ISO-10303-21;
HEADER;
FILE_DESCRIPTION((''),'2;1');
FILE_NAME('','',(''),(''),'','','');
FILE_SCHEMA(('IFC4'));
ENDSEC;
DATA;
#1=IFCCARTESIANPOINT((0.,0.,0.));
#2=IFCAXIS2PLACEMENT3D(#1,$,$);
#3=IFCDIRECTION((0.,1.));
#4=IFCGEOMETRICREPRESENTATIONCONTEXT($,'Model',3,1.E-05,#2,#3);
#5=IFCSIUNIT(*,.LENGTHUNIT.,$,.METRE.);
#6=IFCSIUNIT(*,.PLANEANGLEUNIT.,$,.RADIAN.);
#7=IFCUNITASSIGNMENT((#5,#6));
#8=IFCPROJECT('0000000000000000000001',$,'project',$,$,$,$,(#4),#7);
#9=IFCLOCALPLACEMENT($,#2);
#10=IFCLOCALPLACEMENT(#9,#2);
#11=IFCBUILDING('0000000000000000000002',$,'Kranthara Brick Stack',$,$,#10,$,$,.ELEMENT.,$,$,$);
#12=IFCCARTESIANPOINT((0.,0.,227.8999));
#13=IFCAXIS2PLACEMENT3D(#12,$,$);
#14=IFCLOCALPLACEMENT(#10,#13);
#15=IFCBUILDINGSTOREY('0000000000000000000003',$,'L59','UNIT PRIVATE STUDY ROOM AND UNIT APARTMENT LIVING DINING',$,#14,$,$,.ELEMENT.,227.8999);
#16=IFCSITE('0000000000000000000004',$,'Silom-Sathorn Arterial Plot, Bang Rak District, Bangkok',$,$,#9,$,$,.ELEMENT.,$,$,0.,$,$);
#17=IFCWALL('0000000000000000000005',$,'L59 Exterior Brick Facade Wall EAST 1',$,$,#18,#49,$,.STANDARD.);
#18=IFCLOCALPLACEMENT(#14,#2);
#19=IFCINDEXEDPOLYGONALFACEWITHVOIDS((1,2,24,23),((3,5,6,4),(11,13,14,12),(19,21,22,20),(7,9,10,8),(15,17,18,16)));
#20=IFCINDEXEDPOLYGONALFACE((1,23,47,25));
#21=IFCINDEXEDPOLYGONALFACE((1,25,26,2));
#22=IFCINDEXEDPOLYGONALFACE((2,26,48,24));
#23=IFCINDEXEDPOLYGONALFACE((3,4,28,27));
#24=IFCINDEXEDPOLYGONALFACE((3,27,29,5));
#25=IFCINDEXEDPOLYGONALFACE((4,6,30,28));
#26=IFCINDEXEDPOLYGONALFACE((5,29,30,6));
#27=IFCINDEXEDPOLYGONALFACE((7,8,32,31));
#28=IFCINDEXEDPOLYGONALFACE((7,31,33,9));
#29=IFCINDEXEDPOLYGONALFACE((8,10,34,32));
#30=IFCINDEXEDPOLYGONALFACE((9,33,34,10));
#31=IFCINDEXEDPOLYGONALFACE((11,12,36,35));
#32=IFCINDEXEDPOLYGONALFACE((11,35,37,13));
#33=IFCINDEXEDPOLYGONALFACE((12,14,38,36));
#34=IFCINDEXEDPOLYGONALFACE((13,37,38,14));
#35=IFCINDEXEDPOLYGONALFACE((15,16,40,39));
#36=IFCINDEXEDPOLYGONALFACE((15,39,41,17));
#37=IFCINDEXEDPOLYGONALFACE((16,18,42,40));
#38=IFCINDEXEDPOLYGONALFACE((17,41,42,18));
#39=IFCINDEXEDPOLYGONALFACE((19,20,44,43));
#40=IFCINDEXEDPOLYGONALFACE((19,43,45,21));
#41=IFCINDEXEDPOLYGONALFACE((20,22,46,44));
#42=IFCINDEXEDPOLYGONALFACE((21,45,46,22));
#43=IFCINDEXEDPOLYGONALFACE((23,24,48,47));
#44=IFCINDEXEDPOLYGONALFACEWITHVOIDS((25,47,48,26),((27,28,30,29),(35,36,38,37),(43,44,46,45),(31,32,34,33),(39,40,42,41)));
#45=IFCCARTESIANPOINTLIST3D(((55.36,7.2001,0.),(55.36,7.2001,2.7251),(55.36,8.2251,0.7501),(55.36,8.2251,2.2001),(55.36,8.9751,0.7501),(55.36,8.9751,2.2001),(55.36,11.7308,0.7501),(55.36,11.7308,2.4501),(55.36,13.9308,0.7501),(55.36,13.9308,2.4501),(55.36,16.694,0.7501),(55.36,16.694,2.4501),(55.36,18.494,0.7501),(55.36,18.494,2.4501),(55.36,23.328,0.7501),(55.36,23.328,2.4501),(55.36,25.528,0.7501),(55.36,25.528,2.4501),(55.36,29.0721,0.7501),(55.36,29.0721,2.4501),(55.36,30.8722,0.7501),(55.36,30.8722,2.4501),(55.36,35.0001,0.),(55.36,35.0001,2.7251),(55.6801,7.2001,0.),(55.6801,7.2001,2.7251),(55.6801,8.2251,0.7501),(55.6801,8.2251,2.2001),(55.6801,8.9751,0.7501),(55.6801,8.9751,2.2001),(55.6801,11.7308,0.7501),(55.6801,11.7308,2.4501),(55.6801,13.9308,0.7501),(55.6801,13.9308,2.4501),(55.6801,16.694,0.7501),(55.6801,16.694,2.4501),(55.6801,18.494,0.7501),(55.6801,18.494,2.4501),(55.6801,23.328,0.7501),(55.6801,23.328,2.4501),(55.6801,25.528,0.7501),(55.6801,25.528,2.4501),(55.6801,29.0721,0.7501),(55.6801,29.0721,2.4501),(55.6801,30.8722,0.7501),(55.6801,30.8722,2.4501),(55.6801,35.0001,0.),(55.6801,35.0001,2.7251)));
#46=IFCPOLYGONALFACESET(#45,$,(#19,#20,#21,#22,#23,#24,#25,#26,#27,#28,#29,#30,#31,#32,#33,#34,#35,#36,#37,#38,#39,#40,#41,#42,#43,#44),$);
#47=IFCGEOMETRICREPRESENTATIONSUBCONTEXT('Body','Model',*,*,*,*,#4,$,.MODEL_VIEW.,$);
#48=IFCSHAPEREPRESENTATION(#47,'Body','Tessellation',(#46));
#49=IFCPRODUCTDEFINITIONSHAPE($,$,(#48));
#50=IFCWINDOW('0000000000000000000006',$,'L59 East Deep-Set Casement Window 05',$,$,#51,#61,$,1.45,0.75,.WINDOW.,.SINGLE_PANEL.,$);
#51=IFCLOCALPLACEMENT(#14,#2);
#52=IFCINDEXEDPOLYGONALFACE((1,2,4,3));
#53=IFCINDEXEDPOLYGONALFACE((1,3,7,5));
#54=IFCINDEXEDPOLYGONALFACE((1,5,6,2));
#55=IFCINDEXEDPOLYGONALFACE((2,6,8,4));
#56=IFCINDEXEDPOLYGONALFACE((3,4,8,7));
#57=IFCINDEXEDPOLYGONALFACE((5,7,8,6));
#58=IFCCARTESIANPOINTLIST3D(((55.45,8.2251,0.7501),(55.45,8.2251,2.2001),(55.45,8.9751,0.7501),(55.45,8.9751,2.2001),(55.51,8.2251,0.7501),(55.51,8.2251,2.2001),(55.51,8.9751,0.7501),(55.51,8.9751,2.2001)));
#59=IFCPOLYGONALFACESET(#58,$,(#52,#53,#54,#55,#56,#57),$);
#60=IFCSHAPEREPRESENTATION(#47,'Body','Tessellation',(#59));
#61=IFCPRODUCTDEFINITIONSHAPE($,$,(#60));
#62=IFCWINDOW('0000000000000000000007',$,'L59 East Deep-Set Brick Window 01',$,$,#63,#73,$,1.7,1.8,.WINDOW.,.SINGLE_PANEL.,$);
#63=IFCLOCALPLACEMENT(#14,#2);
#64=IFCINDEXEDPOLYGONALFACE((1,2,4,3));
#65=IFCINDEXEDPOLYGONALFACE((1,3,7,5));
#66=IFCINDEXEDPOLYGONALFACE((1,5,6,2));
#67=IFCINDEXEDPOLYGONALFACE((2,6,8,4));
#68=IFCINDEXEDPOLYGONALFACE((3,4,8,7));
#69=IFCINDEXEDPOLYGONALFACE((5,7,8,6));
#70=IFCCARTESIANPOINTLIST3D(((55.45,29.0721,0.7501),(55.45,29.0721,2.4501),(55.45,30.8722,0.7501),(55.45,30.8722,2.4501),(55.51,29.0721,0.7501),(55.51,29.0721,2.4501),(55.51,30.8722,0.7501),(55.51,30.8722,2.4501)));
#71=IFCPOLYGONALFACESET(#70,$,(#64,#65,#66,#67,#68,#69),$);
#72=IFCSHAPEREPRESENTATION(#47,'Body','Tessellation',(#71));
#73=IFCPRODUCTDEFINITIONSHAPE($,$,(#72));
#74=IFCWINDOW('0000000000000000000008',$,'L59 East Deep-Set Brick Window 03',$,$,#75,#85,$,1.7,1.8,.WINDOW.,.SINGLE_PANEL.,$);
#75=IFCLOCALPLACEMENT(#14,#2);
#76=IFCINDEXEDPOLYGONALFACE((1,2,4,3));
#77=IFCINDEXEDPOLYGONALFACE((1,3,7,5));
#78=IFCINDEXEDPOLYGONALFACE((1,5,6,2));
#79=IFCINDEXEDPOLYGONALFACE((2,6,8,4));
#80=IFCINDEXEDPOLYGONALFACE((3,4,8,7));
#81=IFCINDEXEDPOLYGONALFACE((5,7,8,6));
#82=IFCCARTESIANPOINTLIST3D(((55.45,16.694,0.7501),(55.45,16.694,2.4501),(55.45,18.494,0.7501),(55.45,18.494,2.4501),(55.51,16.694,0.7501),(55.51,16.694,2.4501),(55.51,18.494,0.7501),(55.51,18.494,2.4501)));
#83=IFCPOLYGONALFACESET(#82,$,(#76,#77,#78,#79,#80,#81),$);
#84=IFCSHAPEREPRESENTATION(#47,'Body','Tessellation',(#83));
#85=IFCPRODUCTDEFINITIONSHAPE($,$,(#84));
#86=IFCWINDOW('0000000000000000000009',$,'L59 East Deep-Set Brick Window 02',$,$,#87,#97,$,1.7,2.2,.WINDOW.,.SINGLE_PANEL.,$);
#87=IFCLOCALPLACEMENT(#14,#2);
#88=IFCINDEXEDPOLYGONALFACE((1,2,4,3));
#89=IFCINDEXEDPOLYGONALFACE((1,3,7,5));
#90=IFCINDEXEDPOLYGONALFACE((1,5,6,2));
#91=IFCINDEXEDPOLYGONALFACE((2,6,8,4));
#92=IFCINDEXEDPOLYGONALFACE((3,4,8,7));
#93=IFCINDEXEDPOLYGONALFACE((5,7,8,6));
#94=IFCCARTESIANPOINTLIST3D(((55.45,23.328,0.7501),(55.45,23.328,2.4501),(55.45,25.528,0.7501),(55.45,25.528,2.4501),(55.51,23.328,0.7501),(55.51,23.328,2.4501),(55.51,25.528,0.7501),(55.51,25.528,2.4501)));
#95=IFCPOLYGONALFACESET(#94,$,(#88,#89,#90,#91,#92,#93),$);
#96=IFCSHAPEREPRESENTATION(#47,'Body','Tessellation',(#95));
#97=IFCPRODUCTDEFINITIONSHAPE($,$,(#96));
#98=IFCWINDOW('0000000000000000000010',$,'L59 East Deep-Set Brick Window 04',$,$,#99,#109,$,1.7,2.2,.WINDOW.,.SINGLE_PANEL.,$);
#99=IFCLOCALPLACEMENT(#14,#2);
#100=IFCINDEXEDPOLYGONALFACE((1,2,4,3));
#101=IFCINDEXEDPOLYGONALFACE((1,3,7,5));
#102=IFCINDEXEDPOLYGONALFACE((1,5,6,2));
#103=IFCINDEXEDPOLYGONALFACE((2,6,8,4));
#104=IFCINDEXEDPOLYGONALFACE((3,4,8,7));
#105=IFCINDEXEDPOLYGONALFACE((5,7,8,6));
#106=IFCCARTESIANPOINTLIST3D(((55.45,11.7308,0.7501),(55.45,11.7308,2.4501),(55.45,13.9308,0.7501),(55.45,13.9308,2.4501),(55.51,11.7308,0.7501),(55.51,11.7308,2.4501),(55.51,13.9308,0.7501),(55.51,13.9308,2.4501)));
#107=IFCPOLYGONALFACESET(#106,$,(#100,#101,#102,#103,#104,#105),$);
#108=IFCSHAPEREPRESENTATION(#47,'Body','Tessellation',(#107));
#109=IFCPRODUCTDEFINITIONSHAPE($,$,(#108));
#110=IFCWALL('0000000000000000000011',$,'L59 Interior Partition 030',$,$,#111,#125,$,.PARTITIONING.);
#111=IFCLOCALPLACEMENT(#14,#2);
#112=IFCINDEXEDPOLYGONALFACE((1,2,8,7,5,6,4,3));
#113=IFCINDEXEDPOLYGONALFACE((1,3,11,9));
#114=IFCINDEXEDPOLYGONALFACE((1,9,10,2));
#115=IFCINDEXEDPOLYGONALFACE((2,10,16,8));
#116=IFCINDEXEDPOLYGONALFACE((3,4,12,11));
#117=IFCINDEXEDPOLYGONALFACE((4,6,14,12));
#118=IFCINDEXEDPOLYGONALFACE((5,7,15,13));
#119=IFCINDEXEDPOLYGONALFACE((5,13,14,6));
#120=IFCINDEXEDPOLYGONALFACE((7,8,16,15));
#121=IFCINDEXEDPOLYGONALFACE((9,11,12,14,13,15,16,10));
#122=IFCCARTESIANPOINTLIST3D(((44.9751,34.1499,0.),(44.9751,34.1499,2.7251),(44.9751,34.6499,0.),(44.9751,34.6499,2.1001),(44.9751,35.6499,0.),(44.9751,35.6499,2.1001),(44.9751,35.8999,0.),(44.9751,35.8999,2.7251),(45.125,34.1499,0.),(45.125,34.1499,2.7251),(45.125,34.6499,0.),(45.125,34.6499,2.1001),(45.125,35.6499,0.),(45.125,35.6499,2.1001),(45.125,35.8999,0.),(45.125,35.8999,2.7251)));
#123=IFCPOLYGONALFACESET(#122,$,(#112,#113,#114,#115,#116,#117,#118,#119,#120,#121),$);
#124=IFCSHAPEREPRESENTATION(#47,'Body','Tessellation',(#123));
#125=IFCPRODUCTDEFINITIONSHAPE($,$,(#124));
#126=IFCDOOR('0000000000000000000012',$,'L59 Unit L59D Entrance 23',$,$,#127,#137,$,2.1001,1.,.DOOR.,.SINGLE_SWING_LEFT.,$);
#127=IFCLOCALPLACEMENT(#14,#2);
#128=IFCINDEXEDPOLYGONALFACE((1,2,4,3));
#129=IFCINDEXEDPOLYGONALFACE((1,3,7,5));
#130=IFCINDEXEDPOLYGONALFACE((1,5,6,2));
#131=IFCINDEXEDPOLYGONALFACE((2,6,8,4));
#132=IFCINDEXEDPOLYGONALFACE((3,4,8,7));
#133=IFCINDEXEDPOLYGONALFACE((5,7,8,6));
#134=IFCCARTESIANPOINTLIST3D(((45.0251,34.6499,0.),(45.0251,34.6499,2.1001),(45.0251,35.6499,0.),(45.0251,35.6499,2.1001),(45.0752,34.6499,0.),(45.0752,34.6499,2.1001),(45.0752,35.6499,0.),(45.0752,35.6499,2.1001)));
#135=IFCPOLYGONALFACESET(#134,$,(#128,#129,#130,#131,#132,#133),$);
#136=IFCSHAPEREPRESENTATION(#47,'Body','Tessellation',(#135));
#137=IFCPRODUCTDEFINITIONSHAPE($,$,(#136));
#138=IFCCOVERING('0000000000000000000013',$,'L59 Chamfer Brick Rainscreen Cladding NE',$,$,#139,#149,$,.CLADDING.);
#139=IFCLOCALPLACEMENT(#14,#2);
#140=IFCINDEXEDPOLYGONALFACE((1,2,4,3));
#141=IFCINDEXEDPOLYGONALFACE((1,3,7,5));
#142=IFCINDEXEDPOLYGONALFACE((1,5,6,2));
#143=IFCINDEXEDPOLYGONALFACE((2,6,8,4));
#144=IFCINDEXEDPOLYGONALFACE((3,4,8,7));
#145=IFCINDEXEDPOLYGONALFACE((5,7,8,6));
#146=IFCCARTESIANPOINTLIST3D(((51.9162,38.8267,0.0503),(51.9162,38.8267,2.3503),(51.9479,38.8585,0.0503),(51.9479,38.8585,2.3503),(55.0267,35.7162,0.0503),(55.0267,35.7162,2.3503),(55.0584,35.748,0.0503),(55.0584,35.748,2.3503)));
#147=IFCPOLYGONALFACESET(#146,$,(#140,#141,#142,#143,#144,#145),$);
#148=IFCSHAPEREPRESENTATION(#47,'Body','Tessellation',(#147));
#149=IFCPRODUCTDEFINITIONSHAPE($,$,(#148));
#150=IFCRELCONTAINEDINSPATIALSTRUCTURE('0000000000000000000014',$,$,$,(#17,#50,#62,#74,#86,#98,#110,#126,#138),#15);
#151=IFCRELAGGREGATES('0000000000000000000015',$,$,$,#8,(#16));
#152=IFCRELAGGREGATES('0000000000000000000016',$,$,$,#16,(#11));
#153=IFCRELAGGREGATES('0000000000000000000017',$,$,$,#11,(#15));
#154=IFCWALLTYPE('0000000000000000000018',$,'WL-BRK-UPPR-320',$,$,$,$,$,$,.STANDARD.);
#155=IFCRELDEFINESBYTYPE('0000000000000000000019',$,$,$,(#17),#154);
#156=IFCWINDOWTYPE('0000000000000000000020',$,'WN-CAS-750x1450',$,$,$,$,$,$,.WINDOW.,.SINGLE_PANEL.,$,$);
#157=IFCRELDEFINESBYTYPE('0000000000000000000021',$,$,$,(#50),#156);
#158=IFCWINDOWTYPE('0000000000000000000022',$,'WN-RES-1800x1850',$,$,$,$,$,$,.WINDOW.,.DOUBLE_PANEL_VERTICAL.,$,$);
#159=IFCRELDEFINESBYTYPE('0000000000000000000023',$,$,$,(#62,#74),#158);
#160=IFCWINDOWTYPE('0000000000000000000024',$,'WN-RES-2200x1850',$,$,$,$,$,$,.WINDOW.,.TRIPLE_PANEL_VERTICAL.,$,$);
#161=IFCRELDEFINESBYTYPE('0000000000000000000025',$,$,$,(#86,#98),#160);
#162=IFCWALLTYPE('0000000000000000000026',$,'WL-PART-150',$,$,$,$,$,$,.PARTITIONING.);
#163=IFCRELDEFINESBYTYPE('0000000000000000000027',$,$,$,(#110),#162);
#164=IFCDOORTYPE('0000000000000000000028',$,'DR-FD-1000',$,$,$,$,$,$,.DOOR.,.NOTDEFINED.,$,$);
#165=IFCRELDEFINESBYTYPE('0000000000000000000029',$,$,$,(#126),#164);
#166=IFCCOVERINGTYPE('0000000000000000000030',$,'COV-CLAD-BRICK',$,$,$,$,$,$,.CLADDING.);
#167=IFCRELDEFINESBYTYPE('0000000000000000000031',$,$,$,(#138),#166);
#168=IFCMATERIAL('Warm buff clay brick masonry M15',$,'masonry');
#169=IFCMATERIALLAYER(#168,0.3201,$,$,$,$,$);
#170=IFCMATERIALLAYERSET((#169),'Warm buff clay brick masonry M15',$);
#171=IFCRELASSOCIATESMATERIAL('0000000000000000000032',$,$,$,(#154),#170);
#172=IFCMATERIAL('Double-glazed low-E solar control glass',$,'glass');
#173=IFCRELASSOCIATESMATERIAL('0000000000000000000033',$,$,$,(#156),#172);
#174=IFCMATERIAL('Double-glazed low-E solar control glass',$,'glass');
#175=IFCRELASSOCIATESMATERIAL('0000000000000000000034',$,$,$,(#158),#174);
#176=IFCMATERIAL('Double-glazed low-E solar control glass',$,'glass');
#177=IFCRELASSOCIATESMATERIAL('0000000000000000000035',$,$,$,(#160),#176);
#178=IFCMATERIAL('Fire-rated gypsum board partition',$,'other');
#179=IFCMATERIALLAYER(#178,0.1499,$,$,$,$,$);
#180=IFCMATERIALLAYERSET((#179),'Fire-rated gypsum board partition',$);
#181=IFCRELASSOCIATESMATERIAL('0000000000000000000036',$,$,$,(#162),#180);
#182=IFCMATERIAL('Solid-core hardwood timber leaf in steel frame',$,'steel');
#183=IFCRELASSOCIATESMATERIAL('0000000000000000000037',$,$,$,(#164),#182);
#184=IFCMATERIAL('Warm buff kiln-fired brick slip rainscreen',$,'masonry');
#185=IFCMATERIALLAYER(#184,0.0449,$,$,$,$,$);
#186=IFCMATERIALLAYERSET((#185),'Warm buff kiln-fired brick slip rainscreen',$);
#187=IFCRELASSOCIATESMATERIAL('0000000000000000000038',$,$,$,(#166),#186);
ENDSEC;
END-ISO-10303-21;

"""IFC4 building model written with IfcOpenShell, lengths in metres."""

from ifc_helpers import new_model, si_unit, direction, frame, frame_2d, origin, origin_2d, place, context, subcontext, project, spatial, rectangle, extrude, material, layer, layer_set, type_object, element, fill, save


model = new_model("IFC4")

# Units and contexts
model_context = context("Model", 3, precision=1e-05, world=origin(), true_north=direction((0.0, 1.0)))
body_context = subcontext(model_context, "Body", "Model", "MODEL_VIEW")
ifc_project = project(units=[si_unit("LENGTHUNIT", "METRE"), si_unit("PLANEANGLEUNIT", "RADIAN")], contexts=[model_context])

# Site, building, storey
site_placement = place(None, origin())
site = spatial("IfcSite", under=ifc_project, at=site_placement, Name="Silom-Sathorn Arterial Plot, Bang Rak District, Bangkok", CompositionType="ELEMENT", RefElevation=0.0)
building_placement = place(site_placement, origin())
building = spatial("IfcBuilding", under=site, at=building_placement, Name="Kranthara Brick Stack", CompositionType="ELEMENT")
storey_placement = place(building_placement, frame((0.0, 0.0, 227.8999)))
storey = spatial("IfcBuildingStorey", under=building, at=storey_placement, Name="L59", Description="UNIT PRIVATE STUDY ROOM AND UNIT APARTMENT LIVING DINING", CompositionType="ELEMENT", Elevation=227.8999)

# Shared definitions
ifc_material_1 = material(Name="Warm buff clay brick masonry M15", Category="masonry")
ifc_layer_1 = layer(ifc_material_1, 0.3201)
ifc_layer_set_1 = layer_set([ifc_layer_1], Name="Warm buff clay brick masonry M15")
wall_type_1 = type_object("IfcWallType", Name="WL-BRK-UPPR-320", PredefinedType="STANDARD", material=ifc_layer_set_1)

# Wall, openings, windows
wall_1_placement = place(storey_placement, frame((55.52, 35.0, 0.0), z_axis=(0.0, 0.0, 1.0), x_axis=(0.0, -1.0, 0.0)))
wall_1 = element("IfcWall", 1, at=wall_1_placement, inside=storey, type_object=wall_type_1, Name="L59 Exterior Brick Facade Wall EAST 1", PredefinedType="STANDARD", context=body_context, shape_type="SweptSolid", body=[
    extrude(rectangle(XDim=27.8, YDim=0.3201, at=frame_2d((13.8999, 0.0))), origin(), (0.0, 0.0, 1.0), 2.7251),
])
opening_1_placement = place(wall_1_placement, frame((4.1279, 0.0, 0.75)))
opening_1 = element("IfcOpeningElement", 2, at=opening_1_placement, cuts=wall_1, PredefinedType="OPENING", context=body_context, shape_type="SweptSolid", body=[
    extrude(rectangle(XDim=1.8, YDim=1.7, at=frame_2d((0.8999, 0.8501))), frame((0.0, 0.1699, 0.0), z_axis=(0.0, -1.0, 0.0), x_axis=(1.0, 0.0, 0.0)), (0.0, 0.0, 1.0), 0.3401),
])
opening_2_placement = place(wall_1_placement, frame((9.4719, 0.0, 0.75)))
opening_2 = element("IfcOpeningElement", 3, at=opening_2_placement, cuts=wall_1, PredefinedType="OPENING", context=body_context, shape_type="SweptSolid", body=[
    extrude(rectangle(XDim=2.2, YDim=1.7, at=frame_2d((1.1001, 0.8501))), frame((0.0, 0.1699, 0.0), z_axis=(0.0, -1.0, 0.0), x_axis=(1.0, 0.0, 0.0)), (0.0, 0.0, 1.0), 0.3401),
])
opening_3_placement = place(wall_1_placement, frame((16.5061, 0.0, 0.75)))
opening_3 = element("IfcOpeningElement", 4, at=opening_3_placement, cuts=wall_1, PredefinedType="OPENING", context=body_context, shape_type="SweptSolid", body=[
    extrude(rectangle(XDim=1.8, YDim=1.7, at=frame_2d((0.8999, 0.8501))), frame((0.0, 0.1699, 0.0), z_axis=(0.0, -1.0, 0.0), x_axis=(1.0, 0.0, 0.0)), (0.0, 0.0, 1.0), 0.3401),
])
opening_4_placement = place(wall_1_placement, frame((21.0691, 0.0, 0.75)))
opening_4 = element("IfcOpeningElement", 5, at=opening_4_placement, cuts=wall_1, PredefinedType="OPENING", context=body_context, shape_type="SweptSolid", body=[
    extrude(rectangle(XDim=2.2, YDim=1.7, at=frame_2d((1.1001, 0.8501))), frame((0.0, 0.1699, 0.0), z_axis=(0.0, -1.0, 0.0), x_axis=(1.0, 0.0, 0.0)), (0.0, 0.0, 1.0), 0.3401),
])
opening_5_placement = place(wall_1_placement, frame((26.0249, 0.0, 0.75)))
opening_5 = element("IfcOpeningElement", 6, at=opening_5_placement, cuts=wall_1, PredefinedType="OPENING", context=body_context, shape_type="SweptSolid", body=[
    extrude(rectangle(XDim=0.75, YDim=1.45, at=frame_2d((0.375, 0.7251))), frame((0.0, 0.1699, 0.0), z_axis=(0.0, -1.0, 0.0), x_axis=(1.0, 0.0, 0.0)), (0.0, 0.0, 1.0), 0.3401),
])
ifc_material_2 = material(Name="Double-glazed low-E solar control glass", Category="glass")
window_type_1 = type_object("IfcWindowType", Name="WN-CAS-750x1450", PartitioningType="SINGLE_PANEL", PredefinedType="WINDOW", material=ifc_material_2)
window_1_placement = place(opening_5_placement, origin())
window_1 = element("IfcWindow", 7, at=window_1_placement, inside=storey, type_object=window_type_1, Name="L59 East Deep-Set Casement Window 05", OverallHeight=1.45, OverallWidth=0.75, PartitioningType="SINGLE_PANEL", PredefinedType="WINDOW", context=body_context, shape_type="SweptSolid", body=[
    extrude(rectangle(XDim=0.75, YDim=1.45, at=frame_2d((0.375, 0.7251))), frame((0.0, -0.01, 0.0), z_axis=(0.0, -1.0, 0.0), x_axis=(1.0, 0.0, 0.0)), (0.0, 0.0, 1.0), 0.0601),
])
fill(opening_5, window_1)
ifc_material_3 = material(Name="Double-glazed low-E solar control glass", Category="glass")
window_type_2 = type_object("IfcWindowType", Name="WN-RES-1800x1850", PartitioningType="DOUBLE_PANEL_VERTICAL", PredefinedType="WINDOW", material=ifc_material_3)
window_2_placement = place(opening_1_placement, origin())
window_2 = element("IfcWindow", 8, at=window_2_placement, inside=storey, type_object=window_type_2, Name="L59 East Deep-Set Brick Window 01", OverallHeight=1.7, OverallWidth=1.8, PartitioningType="SINGLE_PANEL", PredefinedType="WINDOW", context=body_context, shape_type="SweptSolid", body=[
    extrude(rectangle(XDim=1.8, YDim=1.7, at=frame_2d((0.8999, 0.8501))), frame((0.0, -0.01, 0.0), z_axis=(0.0, -1.0, 0.0), x_axis=(1.0, 0.0, 0.0)), (0.0, 0.0, 1.0), 0.0601),
])
fill(opening_1, window_2)
window_3_placement = place(opening_3_placement, origin())
window_3 = element("IfcWindow", 9, at=window_3_placement, inside=storey, type_object=window_type_2, Name="L59 East Deep-Set Brick Window 03", OverallHeight=1.7, OverallWidth=1.8, PartitioningType="SINGLE_PANEL", PredefinedType="WINDOW", context=body_context, shape_type="SweptSolid", body=[
    extrude(rectangle(XDim=1.8, YDim=1.7, at=frame_2d((0.8999, 0.8501))), frame((0.0, -0.01, 0.0), z_axis=(0.0, -1.0, 0.0), x_axis=(1.0, 0.0, 0.0)), (0.0, 0.0, 1.0), 0.0601),
])
fill(opening_3, window_3)
ifc_material_4 = material(Name="Double-glazed low-E solar control glass", Category="glass")
window_type_3 = type_object("IfcWindowType", Name="WN-RES-2200x1850", PartitioningType="TRIPLE_PANEL_VERTICAL", PredefinedType="WINDOW", material=ifc_material_4)
window_4_placement = place(opening_2_placement, origin())
window_4 = element("IfcWindow", 10, at=window_4_placement, inside=storey, type_object=window_type_3, Name="L59 East Deep-Set Brick Window 02", OverallHeight=1.7, OverallWidth=2.2, PartitioningType="SINGLE_PANEL", PredefinedType="WINDOW", context=body_context, shape_type="SweptSolid", body=[
    extrude(rectangle(XDim=2.2, YDim=1.7, at=frame_2d((1.1001, 0.8501))), frame((0.0, -0.01, 0.0), z_axis=(0.0, -1.0, 0.0), x_axis=(1.0, 0.0, 0.0)), (0.0, 0.0, 1.0), 0.0601),
])
fill(opening_2, window_4)
window_5_placement = place(opening_4_placement, origin())
window_5 = element("IfcWindow", 11, at=window_5_placement, inside=storey, type_object=window_type_3, Name="L59 East Deep-Set Brick Window 04", OverallHeight=1.7, OverallWidth=2.2, PartitioningType="SINGLE_PANEL", PredefinedType="WINDOW", context=body_context, shape_type="SweptSolid", body=[
    extrude(rectangle(XDim=2.2, YDim=1.7, at=frame_2d((1.1001, 0.8501))), frame((0.0, -0.01, 0.0), z_axis=(0.0, -1.0, 0.0), x_axis=(1.0, 0.0, 0.0)), (0.0, 0.0, 1.0), 0.0601),
])
fill(opening_4, window_5)

# Wall, opening, door
ifc_material_5 = material(Name="Fire-rated gypsum board partition", Category="other")
ifc_layer_2 = layer(ifc_material_5, 0.1499)
ifc_layer_set_2 = layer_set([ifc_layer_2], Name="Fire-rated gypsum board partition")
wall_type_2 = type_object("IfcWallType", Name="WL-PART-150", PredefinedType="PARTITIONING", material=ifc_layer_set_2)
wall_2_placement = place(storey_placement, frame((45.05, 34.1499, 0.0), z_axis=(0.0, 0.0, 1.0), x_axis=(0.0, 1.0, 0.0)))
wall_2 = element("IfcWall", 12, at=wall_2_placement, inside=storey, type_object=wall_type_2, Name="L59 Interior Partition 030", PredefinedType="PARTITIONING", context=body_context, shape_type="SweptSolid", body=[
    extrude(rectangle(XDim=1.75, YDim=0.1499, at=frame_2d((0.875, 0.0))), origin(), (0.0, 0.0, 1.0), 2.7251),
])
opening_6_placement = place(wall_2_placement, frame((0.5, 0.0, 0.0)))
opening_6 = element("IfcOpeningElement", 13, at=opening_6_placement, cuts=wall_2, PredefinedType="OPENING", context=body_context, shape_type="SweptSolid", body=[
    extrude(rectangle(XDim=1.0, YDim=2.1001, at=frame_2d((0.5, 1.05))), frame((0.0, 0.085, 0.0), z_axis=(0.0, -1.0, 0.0), x_axis=(1.0, 0.0, 0.0)), (0.0, 0.0, 1.0), 0.1699),
])
ifc_material_6 = material(Name="Solid-core hardwood timber leaf in steel frame", Category="steel")
door_type = type_object("IfcDoorType", Name="DR-FD-1000", OperationType="NOTDEFINED", PredefinedType="DOOR", material=ifc_material_6)
door_placement = place(opening_6_placement, origin())
door = element("IfcDoor", 14, at=door_placement, inside=storey, type_object=door_type, Name="L59 Unit L59D Entrance 23", OperationType="SINGLE_SWING_LEFT", OverallHeight=2.1001, OverallWidth=1.0, PredefinedType="DOOR", context=body_context, shape_type="SweptSolid", body=[
    extrude(rectangle(XDim=1.0, YDim=2.1001, at=frame_2d((0.5, 1.05))), frame((0.0, 0.0249, 0.0), z_axis=(0.0, -1.0, 0.0), x_axis=(1.0, 0.0, 0.0)), (0.0, 0.0, 1.0), 0.05),
])
fill(opening_6, door)

# Covering
ifc_material_7 = material(Name="Warm buff kiln-fired brick slip rainscreen", Category="masonry")
ifc_layer_3 = layer(ifc_material_7, 0.0449)
ifc_layer_set_3 = layer_set([ifc_layer_3], Name="Warm buff kiln-fired brick slip rainscreen")
covering_type = type_object("IfcCoveringType", Name="COV-CLAD-BRICK", PredefinedType="CLADDING", material=ifc_layer_set_3)
covering_placement = place(storey_placement, frame((53.4873, 37.2874, 0.0503), z_axis=(0.0, 0.0, 1.0), x_axis=(0.707107, -0.707107, 0.0)))
element("IfcCovering", 15, at=covering_placement, inside=storey, type_object=covering_type, Name="L59 Chamfer Brick Rainscreen Cladding NE", PredefinedType="CLADDING", context=body_context, shape_type="SweptSolid", body=[
    extrude(rectangle(XDim=4.3989, YDim=0.0449, at=origin_2d()), origin(), (0.0, 0.0, 1.0), 2.3),
])

save(model, "model.ifc")
